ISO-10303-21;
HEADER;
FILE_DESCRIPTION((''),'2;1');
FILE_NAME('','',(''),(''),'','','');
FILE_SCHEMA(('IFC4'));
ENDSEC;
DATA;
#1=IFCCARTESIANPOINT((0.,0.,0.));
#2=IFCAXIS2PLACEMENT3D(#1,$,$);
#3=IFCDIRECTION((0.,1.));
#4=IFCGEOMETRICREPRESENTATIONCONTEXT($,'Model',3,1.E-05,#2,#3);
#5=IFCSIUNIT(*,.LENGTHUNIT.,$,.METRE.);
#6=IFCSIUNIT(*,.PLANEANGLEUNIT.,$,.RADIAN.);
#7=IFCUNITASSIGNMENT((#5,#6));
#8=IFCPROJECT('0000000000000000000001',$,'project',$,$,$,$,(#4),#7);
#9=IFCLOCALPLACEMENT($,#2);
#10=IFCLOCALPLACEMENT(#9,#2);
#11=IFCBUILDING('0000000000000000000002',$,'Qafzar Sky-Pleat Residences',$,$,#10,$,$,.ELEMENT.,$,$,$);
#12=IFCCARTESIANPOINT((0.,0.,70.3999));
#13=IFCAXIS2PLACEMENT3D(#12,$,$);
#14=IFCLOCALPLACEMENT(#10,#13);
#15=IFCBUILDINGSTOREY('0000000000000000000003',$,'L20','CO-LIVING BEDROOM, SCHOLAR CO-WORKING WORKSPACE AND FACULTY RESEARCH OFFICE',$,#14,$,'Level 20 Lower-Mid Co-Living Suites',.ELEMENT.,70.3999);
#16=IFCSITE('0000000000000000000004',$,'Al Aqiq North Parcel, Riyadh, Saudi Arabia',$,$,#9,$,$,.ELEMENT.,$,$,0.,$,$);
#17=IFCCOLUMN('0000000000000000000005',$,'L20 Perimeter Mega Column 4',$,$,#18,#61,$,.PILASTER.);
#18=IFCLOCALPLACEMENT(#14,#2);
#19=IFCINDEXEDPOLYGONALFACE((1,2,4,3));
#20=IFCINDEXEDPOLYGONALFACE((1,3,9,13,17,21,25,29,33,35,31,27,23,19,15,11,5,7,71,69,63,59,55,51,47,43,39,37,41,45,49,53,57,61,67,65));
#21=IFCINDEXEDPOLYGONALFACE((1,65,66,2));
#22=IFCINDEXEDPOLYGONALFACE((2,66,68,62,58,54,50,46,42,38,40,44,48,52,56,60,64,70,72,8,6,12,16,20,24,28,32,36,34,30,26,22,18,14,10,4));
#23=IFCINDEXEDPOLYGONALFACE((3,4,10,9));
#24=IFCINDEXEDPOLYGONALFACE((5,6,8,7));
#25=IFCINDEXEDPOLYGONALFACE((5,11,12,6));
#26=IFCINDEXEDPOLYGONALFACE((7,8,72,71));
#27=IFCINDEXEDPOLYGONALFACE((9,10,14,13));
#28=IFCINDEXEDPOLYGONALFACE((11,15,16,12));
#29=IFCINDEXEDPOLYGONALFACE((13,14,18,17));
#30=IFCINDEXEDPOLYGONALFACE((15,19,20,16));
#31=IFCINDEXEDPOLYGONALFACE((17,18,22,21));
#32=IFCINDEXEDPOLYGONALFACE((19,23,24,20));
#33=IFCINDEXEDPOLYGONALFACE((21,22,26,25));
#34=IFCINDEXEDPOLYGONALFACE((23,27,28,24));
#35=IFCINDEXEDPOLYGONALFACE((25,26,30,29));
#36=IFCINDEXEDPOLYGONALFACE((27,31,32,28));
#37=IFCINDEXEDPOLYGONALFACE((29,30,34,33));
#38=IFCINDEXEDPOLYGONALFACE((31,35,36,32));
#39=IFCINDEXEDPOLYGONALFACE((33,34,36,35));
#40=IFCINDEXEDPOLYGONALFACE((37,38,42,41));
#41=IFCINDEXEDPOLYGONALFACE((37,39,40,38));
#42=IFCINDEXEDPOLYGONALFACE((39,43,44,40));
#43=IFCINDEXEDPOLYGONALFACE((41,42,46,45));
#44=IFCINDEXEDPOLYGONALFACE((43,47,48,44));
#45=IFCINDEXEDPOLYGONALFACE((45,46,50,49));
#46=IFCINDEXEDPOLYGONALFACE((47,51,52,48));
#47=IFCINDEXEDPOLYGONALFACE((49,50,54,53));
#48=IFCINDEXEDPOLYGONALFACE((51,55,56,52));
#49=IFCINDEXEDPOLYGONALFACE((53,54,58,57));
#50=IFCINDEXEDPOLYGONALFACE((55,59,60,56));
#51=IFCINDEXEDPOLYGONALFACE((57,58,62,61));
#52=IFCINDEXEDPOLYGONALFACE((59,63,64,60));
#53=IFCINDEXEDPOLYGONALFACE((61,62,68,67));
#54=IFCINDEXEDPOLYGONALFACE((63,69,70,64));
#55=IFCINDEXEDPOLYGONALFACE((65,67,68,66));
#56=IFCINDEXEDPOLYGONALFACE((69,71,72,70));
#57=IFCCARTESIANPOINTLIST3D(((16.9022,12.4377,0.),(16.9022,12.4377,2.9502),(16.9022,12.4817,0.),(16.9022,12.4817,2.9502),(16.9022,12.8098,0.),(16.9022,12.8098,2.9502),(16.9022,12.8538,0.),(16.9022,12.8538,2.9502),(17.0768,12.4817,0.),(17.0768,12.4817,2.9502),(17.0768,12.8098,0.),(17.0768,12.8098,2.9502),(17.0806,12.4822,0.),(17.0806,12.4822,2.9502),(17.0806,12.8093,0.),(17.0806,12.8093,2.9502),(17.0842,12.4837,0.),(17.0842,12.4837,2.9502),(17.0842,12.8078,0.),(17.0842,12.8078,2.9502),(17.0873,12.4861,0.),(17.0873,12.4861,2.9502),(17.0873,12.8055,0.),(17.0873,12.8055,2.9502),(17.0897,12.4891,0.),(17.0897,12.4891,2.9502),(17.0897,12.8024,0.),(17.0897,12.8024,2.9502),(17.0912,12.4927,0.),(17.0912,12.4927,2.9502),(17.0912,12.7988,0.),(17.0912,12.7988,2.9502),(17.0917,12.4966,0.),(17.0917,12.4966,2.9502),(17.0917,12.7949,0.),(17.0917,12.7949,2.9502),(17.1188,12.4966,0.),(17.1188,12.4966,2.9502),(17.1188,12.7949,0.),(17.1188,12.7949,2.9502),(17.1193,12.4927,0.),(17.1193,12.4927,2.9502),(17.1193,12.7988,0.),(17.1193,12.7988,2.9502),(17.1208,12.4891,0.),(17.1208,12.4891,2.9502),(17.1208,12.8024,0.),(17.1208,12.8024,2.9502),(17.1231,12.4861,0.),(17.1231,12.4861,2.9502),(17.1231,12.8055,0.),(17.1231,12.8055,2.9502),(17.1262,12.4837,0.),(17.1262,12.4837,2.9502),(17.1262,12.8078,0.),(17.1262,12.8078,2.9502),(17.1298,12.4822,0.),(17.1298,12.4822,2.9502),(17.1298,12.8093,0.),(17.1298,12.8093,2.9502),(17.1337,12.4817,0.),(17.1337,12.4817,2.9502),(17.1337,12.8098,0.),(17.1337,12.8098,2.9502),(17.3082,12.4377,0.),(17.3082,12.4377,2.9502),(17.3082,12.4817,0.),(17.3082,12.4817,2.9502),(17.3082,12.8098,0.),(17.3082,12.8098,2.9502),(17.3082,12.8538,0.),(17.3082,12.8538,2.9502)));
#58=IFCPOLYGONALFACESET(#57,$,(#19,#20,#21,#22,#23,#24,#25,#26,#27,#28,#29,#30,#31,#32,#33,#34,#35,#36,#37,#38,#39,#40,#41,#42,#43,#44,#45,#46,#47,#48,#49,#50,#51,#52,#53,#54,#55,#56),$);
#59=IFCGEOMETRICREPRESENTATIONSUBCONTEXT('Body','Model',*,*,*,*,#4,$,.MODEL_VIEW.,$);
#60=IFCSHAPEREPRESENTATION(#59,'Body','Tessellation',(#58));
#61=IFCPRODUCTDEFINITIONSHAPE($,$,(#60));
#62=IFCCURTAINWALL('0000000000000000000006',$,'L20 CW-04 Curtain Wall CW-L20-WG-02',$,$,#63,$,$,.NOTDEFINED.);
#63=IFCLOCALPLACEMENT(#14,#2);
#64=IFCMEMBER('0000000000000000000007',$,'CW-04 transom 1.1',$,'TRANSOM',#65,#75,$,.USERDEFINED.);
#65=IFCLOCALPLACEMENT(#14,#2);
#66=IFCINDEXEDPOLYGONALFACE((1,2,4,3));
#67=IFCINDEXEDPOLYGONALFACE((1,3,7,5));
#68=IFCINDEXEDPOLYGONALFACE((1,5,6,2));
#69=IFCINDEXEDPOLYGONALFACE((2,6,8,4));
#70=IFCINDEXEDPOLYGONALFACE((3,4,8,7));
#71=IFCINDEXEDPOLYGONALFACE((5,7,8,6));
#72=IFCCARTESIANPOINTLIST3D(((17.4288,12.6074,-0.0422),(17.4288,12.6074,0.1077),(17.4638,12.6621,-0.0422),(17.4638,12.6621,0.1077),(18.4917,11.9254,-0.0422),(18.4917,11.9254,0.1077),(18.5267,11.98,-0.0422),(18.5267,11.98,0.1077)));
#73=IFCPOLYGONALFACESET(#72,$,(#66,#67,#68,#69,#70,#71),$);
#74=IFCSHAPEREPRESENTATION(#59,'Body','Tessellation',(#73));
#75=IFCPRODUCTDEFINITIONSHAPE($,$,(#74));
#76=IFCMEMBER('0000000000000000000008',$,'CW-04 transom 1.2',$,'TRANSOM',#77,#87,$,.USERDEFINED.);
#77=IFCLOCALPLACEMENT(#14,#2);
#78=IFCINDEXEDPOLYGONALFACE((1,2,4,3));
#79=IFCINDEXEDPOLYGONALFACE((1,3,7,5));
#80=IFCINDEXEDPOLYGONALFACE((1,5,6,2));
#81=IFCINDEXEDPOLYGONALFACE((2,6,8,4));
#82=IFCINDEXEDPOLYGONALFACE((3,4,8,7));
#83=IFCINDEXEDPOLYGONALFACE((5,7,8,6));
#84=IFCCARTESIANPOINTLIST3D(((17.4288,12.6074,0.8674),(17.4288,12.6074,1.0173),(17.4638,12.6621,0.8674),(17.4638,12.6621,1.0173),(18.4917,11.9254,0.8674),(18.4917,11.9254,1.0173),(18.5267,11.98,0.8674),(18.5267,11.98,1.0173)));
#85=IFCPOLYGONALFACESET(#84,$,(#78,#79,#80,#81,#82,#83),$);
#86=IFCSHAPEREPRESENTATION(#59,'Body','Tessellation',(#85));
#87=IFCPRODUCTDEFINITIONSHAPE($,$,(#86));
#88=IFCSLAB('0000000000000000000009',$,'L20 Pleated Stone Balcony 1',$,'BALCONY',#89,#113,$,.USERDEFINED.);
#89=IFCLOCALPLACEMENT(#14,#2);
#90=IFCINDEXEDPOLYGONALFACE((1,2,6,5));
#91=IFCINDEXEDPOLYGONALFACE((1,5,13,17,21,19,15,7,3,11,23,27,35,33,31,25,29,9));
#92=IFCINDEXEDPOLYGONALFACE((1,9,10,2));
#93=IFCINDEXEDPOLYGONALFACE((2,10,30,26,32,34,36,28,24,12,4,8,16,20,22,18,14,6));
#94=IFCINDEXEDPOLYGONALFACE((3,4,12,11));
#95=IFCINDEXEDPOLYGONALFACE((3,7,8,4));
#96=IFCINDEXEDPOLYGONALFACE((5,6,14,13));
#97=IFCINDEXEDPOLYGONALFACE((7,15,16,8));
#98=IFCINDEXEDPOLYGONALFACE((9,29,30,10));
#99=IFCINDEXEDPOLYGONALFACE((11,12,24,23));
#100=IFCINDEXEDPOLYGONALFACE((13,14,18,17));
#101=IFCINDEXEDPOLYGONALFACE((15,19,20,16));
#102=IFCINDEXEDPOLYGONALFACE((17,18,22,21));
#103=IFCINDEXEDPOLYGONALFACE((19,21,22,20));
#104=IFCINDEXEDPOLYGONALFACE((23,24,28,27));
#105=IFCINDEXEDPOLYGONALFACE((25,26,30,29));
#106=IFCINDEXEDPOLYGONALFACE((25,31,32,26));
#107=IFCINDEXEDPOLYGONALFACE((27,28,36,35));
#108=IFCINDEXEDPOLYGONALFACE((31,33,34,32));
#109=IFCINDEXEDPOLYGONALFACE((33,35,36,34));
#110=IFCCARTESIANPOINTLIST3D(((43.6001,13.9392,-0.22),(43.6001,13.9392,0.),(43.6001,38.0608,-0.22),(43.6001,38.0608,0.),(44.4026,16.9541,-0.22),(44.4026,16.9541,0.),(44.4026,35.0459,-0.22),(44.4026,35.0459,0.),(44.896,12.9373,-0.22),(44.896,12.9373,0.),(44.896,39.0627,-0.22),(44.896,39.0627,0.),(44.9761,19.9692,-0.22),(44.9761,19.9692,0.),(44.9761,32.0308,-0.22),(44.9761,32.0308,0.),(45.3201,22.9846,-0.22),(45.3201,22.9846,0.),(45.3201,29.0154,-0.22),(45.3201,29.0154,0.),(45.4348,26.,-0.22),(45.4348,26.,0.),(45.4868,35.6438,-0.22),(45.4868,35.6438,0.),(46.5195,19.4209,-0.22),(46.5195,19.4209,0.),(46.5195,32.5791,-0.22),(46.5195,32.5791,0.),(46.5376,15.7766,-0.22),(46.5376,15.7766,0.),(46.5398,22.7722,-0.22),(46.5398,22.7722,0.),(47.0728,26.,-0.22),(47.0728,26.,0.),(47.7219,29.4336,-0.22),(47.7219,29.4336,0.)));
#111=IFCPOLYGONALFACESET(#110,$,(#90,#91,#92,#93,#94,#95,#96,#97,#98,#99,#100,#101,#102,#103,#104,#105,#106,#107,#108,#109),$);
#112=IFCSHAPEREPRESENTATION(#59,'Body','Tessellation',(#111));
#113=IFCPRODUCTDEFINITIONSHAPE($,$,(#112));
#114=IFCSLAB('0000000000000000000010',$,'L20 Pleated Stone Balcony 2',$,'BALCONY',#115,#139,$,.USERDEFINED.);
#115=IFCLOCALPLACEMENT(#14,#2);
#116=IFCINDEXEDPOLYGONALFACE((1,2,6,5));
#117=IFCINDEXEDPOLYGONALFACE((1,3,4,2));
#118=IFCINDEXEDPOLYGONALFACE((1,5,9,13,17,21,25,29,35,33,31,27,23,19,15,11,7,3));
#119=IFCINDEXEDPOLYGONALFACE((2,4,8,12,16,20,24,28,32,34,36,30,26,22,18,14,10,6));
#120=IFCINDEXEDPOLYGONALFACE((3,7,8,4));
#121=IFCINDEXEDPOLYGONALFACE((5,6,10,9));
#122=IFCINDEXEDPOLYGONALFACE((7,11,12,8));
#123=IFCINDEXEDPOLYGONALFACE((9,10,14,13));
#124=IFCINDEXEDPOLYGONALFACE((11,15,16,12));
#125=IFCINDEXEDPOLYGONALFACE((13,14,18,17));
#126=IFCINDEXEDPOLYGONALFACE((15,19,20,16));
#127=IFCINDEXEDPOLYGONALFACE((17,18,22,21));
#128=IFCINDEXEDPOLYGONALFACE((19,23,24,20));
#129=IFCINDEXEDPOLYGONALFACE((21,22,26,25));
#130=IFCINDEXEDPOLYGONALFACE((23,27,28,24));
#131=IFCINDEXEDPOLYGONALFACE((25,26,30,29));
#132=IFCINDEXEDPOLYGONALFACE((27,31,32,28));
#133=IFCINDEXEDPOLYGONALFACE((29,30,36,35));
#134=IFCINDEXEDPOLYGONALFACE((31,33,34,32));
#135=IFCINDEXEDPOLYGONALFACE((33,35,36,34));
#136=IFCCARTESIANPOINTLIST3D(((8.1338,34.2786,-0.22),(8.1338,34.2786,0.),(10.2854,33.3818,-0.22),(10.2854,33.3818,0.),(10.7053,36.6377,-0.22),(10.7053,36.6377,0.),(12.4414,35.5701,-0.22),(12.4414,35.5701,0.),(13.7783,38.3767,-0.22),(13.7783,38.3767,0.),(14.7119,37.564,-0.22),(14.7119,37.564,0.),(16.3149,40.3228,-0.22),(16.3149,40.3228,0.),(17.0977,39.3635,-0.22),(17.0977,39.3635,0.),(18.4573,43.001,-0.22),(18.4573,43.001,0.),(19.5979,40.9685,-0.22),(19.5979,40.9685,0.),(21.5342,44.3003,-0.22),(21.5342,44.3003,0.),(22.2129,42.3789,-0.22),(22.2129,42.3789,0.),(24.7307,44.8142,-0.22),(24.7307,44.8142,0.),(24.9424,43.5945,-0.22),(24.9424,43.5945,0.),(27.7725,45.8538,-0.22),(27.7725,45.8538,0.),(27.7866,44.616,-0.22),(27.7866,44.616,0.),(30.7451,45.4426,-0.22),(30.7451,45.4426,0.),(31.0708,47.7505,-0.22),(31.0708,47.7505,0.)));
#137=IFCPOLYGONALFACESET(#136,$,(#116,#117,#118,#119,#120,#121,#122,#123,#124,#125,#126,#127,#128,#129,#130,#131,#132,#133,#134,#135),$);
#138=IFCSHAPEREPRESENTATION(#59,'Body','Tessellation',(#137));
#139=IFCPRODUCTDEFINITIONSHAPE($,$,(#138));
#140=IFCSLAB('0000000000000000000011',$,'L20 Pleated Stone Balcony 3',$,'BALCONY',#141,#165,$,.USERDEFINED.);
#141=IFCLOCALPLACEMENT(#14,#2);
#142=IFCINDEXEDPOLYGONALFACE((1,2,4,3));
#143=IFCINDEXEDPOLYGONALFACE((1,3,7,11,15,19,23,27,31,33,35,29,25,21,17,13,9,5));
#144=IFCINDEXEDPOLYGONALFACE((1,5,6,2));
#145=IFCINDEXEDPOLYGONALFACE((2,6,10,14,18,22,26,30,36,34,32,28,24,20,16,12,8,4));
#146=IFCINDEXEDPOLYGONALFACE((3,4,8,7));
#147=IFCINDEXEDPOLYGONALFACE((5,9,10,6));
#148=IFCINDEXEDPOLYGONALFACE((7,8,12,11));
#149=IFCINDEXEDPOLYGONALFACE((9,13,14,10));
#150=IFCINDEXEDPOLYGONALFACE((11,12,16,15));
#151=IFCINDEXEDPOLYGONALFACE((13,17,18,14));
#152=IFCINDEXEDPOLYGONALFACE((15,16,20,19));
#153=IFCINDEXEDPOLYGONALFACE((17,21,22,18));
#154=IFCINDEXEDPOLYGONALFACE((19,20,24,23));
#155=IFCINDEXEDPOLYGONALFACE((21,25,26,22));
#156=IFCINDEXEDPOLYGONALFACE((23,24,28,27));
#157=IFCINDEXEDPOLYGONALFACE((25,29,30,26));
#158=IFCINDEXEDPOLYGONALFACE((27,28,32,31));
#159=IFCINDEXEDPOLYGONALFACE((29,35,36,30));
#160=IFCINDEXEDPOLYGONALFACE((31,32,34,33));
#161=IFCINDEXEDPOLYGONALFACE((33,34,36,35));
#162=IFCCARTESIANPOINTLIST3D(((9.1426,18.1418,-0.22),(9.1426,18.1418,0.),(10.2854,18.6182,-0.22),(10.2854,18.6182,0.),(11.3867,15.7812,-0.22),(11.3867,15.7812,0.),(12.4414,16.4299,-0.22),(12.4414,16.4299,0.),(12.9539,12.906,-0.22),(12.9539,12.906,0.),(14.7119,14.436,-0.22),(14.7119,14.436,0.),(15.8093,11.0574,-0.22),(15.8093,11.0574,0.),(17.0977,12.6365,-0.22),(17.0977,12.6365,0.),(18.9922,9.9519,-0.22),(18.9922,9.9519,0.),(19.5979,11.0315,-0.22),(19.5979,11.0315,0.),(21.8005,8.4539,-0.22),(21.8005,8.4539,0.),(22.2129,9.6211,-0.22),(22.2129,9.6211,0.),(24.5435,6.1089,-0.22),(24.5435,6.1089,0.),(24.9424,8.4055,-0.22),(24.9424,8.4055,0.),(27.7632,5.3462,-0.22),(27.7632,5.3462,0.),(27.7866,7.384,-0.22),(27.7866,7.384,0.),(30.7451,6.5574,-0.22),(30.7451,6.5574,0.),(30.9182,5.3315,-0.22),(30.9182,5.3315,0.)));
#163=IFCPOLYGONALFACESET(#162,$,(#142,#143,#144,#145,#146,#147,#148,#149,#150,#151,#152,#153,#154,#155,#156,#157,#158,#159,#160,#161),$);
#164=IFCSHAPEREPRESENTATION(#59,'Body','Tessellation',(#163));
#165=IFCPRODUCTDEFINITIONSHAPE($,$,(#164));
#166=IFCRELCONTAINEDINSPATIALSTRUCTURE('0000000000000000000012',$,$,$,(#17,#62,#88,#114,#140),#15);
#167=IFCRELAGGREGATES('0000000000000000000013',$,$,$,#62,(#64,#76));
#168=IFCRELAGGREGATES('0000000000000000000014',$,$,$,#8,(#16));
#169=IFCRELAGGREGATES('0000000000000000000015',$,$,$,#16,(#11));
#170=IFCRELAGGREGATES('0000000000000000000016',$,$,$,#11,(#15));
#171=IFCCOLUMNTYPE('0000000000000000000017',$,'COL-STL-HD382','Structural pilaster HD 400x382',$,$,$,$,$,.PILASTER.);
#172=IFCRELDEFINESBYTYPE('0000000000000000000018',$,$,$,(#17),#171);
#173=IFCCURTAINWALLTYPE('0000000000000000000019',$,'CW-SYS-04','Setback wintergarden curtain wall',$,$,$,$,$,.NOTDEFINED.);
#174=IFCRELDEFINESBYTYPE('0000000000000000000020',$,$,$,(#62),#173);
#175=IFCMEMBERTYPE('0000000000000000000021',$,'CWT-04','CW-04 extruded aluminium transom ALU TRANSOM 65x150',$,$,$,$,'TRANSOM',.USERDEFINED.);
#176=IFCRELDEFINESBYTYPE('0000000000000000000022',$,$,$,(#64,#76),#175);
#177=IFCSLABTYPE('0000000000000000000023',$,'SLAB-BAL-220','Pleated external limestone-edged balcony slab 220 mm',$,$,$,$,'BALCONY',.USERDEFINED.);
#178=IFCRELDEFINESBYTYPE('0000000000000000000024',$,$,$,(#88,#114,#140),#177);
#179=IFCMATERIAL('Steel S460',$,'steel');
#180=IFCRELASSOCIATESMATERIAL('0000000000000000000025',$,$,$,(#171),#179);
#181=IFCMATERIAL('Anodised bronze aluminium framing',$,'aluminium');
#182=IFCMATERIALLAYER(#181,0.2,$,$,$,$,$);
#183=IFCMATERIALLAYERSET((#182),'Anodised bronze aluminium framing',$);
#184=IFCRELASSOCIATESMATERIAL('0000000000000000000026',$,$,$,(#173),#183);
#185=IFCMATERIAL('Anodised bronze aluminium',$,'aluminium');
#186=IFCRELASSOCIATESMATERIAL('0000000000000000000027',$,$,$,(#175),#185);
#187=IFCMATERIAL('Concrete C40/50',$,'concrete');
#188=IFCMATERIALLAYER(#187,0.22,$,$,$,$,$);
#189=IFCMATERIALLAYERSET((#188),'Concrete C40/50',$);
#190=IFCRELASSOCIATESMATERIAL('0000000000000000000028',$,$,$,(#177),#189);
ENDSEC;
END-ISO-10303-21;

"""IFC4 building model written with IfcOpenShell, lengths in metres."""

from ifc_helpers import new_model, si_unit, direction, frame, origin, origin_2d, place, context, subcontext, project, spatial, polyline, rectangle, i_section, outline, extrude, source, transform, mapped, material, layer, layer_set, material_profile, profile_set, type_object, element, aggregate, save


model = new_model("IFC4")

# Units and contexts
model_context = context("Model", 3, precision=1e-05, world=origin(), true_north=direction((0.0, 1.0)))
body_context = subcontext(model_context, "Body", "Model", "MODEL_VIEW")
ifc_project = project(units=[si_unit("LENGTHUNIT", "METRE"), si_unit("PLANEANGLEUNIT", "RADIAN")], contexts=[model_context])

# Site, building, storey
site_placement = place(None, origin())
site = spatial("IfcSite", under=ifc_project, at=site_placement, Name="Al Aqiq North Parcel, Riyadh, Saudi Arabia", CompositionType="ELEMENT", RefElevation=0.0)
building_placement = place(site_placement, origin())
building = spatial("IfcBuilding", under=site, at=building_placement, Name="Qafzar Sky-Pleat Residences", CompositionType="ELEMENT")
storey_placement = place(building_placement, frame((0.0, 0.0, 70.3999)))
storey = spatial("IfcBuildingStorey", under=building, at=storey_placement, Name="L20", Description="CO-LIVING BEDROOM, SCHOLAR CO-WORKING WORKSPACE AND FACULTY RESEARCH OFFICE", LongName="Level 20 Lower-Mid Co-Living Suites", CompositionType="ELEMENT", Elevation=70.3999)

# Column
ifc_material_1 = material(Name="Steel S460", Category="steel")
ifc_material_profile_1 = material_profile(ifc_material_1, i_section(OverallWidth=0.406, OverallDepth=0.416, WebThickness=0.0271, FlangeThickness=0.0439, FilletRadius=0.0149, at=origin_2d()), Name="HD 400x382")
ifc_profile_set_1 = profile_set([ifc_material_profile_1], Name="Steel S460")
column_type = type_object("IfcColumnType", Name="COL-STL-HD382", Description="Structural pilaster HD 400x382", PredefinedType="PILASTER", material=ifc_profile_set_1)
shared_shape_1 = source(origin(), body_context, "Body", "SweptSolid", [
    extrude(i_section(OverallWidth=0.406, OverallDepth=0.416, WebThickness=0.0271, FlangeThickness=0.0439, FilletRadius=0.0149, at=origin_2d()), origin(), (0.0, 0.0, 1.0), 2.9502),
])
column_placement = place(storey_placement, frame((17.1052, 12.6458, 0.0), z_axis=(0.0, 0.0, 1.0), x_axis=(1.0, 0.0, 0.0)))
element("IfcColumn", 1, at=column_placement, inside=storey, type_object=column_type, Name="L20 Perimeter Mega Column 4", PredefinedType="PILASTER", context=body_context, shape_type="MappedRepresentation", body=[
    mapped(shared_shape_1, transform((0.0, 0.0, 0.0), x_axis=(1.0, 0.0, 0.0), y_axis=(0.0, 1.0, 0.0), z_axis=(0.0, 0.0, 1.0), scale=1.0)),
])

# Curtain wall, members
ifc_material_2 = material(Name="Anodised bronze aluminium framing", Category="aluminium")
ifc_layer_1 = layer(ifc_material_2, 0.2)
ifc_layer_set_1 = layer_set([ifc_layer_1], Name="Anodised bronze aluminium framing")
curtain_wall_type = type_object("IfcCurtainWallType", Name="CW-SYS-04", Description="Setback wintergarden curtain wall", PredefinedType="NOTDEFINED", material=ifc_layer_set_1)
curtain_wall_placement = place(storey_placement, origin())
curtain_wall = element("IfcCurtainWall", 2, at=curtain_wall_placement, inside=storey, type_object=curtain_wall_type, Name="L20 CW-04 Curtain Wall CW-L20-WG-02", PredefinedType="NOTDEFINED")
ifc_material_3 = material(Name="Anodised bronze aluminium", Category="aluminium")
ifc_material_profile_2 = material_profile(ifc_material_3, rectangle(XDim=0.0649, YDim=0.1499, at=origin_2d()), Name="ALU TRANSOM 65x150")
ifc_profile_set_2 = profile_set([ifc_material_profile_2], Name="Anodised bronze aluminium")
member_type = type_object("IfcMemberType", Name="CWT-04", Description="CW-04 extruded aluminium transom ALU TRANSOM 65x150", ElementType="TRANSOM", PredefinedType="USERDEFINED", material=ifc_profile_set_2)
shared_shape_2 = source(origin(), body_context, "Body", "SweptSolid", [
    extrude(rectangle(XDim=0.0649, YDim=0.1499, at=origin_2d()), origin(), (0.0, 0.0, 1.0), 1.2629),
])
member_1_placement = place(storey_placement, frame((17.4463, 12.6348, 0.0327), z_axis=(0.841618, -0.540074, 0.0), x_axis=(0.540074, 0.841618, 0.0)))
member_1 = element("IfcMember", 3, at=member_1_placement, type_object=member_type, Name="CW-04 transom 1.1", ObjectType="TRANSOM", PredefinedType="USERDEFINED", context=body_context, shape_type="MappedRepresentation", body=[
    mapped(shared_shape_2, transform((0.0, 0.0, 0.0), x_axis=(1.0, 0.0, 0.0), y_axis=(0.0, 1.0, 0.0), z_axis=(0.0, 0.0, 1.0), scale=1.0)),
])
member_2_placement = place(storey_placement, frame((17.4463, 12.6348, 0.9424), z_axis=(0.841618, -0.540074, 0.0), x_axis=(0.540074, 0.841618, 0.0)))
member_2 = element("IfcMember", 4, at=member_2_placement, type_object=member_type, Name="CW-04 transom 1.2", ObjectType="TRANSOM", PredefinedType="USERDEFINED", context=body_context, shape_type="MappedRepresentation", body=[
    mapped(shared_shape_2, transform((0.0, 0.0, 0.0), x_axis=(1.0, 0.0, 0.0), y_axis=(0.0, 1.0, 0.0), z_axis=(0.0, 0.0, 1.0), scale=1.0)),
])
aggregate(curtain_wall, [member_1, member_2])

# Slabs
ifc_material_4 = material(Name="Concrete C40/50", Category="concrete")
ifc_layer_2 = layer(ifc_material_4, 0.22)
ifc_layer_set_2 = layer_set([ifc_layer_2], Name="Concrete C40/50")
slab_type_1 = type_object("IfcSlabType", Name="SLAB-BAL-220", Description="Pleated external limestone-edged balcony slab 220 mm", ElementType="BALCONY", PredefinedType="USERDEFINED", material=ifc_layer_set_2)
slab_1_placement = place(storey_placement, frame((0.0, 0.0, -0.22)))
element("IfcSlab", 5, at=slab_1_placement, inside=storey, type_object=slab_type_1, Name="L20 Pleated Stone Balcony 1", ObjectType="BALCONY", PredefinedType="USERDEFINED", context=body_context, shape_type="SweptSolid", body=[
    extrude(outline(polyline([(44.4026, 16.9541), (44.9761, 19.9692), (45.3201, 22.9846), (45.4348, 26.0), (45.3201, 29.0154), (44.9761, 32.0308), (44.4026, 35.0459), (43.6001, 38.0608), (44.896, 39.0627), (45.4868, 35.6438), (46.5195, 32.5791), (47.7219, 29.4336), (47.0728, 26.0), (46.5398, 22.7722), (46.5195, 19.4209), (46.5376, 15.7766), (44.896, 12.9373), (43.6001, 13.9392), (44.4026, 16.9541)])), origin(), (0.0, 0.0, 1.0), 0.22),
])
slab_2_placement = place(storey_placement, frame((0.0, 0.0, -0.22)))
element("IfcSlab", 6, at=slab_2_placement, inside=storey, type_object=slab_type_1, Name="L20 Pleated Stone Balcony 2", ObjectType="BALCONY", PredefinedType="USERDEFINED", context=body_context, shape_type="SweptSolid", body=[
    extrude(outline(polyline([(27.7866, 44.616), (24.9424, 43.5945), (22.2129, 42.3789), (19.5979, 40.9685), (17.0977, 39.3635), (14.7119, 37.564), (12.4414, 35.5701), (10.2854, 33.3818), (8.1338, 34.2786), (10.7053, 36.6377), (13.7783, 38.3767), (16.3149, 40.3228), (18.4573, 43.001), (21.5342, 44.3003), (24.7307, 44.8142), (27.7725, 45.8538), (31.0708, 47.7505), (30.7451, 45.4426), (27.7866, 44.616)])), origin(), (0.0, 0.0, 1.0), 0.22),
])
slab_3_placement = place(storey_placement, frame((0.0, 0.0, -0.22)))
element("IfcSlab", 7, at=slab_3_placement, inside=storey, type_object=slab_type_1, Name="L20 Pleated Stone Balcony 3", ObjectType="BALCONY", PredefinedType="USERDEFINED", context=body_context, shape_type="SweptSolid", body=[
    extrude(outline(polyline([(12.4414, 16.4299), (14.7119, 14.436), (17.0977, 12.6365), (19.5979, 11.0315), (22.2129, 9.6211), (24.9424, 8.4055), (27.7866, 7.384), (30.7451, 6.5574), (30.9182, 5.3315), (27.7632, 5.3462), (24.5435, 6.1089), (21.8005, 8.4539), (18.9922, 9.9519), (15.8093, 11.0574), (12.9539, 12.906), (11.3867, 15.7812), (9.1426, 18.1418), (10.2854, 18.6182), (12.4414, 16.4299)])), origin(), (0.0, 0.0, 1.0), 0.22),
])

save(model, "model.ifc")
